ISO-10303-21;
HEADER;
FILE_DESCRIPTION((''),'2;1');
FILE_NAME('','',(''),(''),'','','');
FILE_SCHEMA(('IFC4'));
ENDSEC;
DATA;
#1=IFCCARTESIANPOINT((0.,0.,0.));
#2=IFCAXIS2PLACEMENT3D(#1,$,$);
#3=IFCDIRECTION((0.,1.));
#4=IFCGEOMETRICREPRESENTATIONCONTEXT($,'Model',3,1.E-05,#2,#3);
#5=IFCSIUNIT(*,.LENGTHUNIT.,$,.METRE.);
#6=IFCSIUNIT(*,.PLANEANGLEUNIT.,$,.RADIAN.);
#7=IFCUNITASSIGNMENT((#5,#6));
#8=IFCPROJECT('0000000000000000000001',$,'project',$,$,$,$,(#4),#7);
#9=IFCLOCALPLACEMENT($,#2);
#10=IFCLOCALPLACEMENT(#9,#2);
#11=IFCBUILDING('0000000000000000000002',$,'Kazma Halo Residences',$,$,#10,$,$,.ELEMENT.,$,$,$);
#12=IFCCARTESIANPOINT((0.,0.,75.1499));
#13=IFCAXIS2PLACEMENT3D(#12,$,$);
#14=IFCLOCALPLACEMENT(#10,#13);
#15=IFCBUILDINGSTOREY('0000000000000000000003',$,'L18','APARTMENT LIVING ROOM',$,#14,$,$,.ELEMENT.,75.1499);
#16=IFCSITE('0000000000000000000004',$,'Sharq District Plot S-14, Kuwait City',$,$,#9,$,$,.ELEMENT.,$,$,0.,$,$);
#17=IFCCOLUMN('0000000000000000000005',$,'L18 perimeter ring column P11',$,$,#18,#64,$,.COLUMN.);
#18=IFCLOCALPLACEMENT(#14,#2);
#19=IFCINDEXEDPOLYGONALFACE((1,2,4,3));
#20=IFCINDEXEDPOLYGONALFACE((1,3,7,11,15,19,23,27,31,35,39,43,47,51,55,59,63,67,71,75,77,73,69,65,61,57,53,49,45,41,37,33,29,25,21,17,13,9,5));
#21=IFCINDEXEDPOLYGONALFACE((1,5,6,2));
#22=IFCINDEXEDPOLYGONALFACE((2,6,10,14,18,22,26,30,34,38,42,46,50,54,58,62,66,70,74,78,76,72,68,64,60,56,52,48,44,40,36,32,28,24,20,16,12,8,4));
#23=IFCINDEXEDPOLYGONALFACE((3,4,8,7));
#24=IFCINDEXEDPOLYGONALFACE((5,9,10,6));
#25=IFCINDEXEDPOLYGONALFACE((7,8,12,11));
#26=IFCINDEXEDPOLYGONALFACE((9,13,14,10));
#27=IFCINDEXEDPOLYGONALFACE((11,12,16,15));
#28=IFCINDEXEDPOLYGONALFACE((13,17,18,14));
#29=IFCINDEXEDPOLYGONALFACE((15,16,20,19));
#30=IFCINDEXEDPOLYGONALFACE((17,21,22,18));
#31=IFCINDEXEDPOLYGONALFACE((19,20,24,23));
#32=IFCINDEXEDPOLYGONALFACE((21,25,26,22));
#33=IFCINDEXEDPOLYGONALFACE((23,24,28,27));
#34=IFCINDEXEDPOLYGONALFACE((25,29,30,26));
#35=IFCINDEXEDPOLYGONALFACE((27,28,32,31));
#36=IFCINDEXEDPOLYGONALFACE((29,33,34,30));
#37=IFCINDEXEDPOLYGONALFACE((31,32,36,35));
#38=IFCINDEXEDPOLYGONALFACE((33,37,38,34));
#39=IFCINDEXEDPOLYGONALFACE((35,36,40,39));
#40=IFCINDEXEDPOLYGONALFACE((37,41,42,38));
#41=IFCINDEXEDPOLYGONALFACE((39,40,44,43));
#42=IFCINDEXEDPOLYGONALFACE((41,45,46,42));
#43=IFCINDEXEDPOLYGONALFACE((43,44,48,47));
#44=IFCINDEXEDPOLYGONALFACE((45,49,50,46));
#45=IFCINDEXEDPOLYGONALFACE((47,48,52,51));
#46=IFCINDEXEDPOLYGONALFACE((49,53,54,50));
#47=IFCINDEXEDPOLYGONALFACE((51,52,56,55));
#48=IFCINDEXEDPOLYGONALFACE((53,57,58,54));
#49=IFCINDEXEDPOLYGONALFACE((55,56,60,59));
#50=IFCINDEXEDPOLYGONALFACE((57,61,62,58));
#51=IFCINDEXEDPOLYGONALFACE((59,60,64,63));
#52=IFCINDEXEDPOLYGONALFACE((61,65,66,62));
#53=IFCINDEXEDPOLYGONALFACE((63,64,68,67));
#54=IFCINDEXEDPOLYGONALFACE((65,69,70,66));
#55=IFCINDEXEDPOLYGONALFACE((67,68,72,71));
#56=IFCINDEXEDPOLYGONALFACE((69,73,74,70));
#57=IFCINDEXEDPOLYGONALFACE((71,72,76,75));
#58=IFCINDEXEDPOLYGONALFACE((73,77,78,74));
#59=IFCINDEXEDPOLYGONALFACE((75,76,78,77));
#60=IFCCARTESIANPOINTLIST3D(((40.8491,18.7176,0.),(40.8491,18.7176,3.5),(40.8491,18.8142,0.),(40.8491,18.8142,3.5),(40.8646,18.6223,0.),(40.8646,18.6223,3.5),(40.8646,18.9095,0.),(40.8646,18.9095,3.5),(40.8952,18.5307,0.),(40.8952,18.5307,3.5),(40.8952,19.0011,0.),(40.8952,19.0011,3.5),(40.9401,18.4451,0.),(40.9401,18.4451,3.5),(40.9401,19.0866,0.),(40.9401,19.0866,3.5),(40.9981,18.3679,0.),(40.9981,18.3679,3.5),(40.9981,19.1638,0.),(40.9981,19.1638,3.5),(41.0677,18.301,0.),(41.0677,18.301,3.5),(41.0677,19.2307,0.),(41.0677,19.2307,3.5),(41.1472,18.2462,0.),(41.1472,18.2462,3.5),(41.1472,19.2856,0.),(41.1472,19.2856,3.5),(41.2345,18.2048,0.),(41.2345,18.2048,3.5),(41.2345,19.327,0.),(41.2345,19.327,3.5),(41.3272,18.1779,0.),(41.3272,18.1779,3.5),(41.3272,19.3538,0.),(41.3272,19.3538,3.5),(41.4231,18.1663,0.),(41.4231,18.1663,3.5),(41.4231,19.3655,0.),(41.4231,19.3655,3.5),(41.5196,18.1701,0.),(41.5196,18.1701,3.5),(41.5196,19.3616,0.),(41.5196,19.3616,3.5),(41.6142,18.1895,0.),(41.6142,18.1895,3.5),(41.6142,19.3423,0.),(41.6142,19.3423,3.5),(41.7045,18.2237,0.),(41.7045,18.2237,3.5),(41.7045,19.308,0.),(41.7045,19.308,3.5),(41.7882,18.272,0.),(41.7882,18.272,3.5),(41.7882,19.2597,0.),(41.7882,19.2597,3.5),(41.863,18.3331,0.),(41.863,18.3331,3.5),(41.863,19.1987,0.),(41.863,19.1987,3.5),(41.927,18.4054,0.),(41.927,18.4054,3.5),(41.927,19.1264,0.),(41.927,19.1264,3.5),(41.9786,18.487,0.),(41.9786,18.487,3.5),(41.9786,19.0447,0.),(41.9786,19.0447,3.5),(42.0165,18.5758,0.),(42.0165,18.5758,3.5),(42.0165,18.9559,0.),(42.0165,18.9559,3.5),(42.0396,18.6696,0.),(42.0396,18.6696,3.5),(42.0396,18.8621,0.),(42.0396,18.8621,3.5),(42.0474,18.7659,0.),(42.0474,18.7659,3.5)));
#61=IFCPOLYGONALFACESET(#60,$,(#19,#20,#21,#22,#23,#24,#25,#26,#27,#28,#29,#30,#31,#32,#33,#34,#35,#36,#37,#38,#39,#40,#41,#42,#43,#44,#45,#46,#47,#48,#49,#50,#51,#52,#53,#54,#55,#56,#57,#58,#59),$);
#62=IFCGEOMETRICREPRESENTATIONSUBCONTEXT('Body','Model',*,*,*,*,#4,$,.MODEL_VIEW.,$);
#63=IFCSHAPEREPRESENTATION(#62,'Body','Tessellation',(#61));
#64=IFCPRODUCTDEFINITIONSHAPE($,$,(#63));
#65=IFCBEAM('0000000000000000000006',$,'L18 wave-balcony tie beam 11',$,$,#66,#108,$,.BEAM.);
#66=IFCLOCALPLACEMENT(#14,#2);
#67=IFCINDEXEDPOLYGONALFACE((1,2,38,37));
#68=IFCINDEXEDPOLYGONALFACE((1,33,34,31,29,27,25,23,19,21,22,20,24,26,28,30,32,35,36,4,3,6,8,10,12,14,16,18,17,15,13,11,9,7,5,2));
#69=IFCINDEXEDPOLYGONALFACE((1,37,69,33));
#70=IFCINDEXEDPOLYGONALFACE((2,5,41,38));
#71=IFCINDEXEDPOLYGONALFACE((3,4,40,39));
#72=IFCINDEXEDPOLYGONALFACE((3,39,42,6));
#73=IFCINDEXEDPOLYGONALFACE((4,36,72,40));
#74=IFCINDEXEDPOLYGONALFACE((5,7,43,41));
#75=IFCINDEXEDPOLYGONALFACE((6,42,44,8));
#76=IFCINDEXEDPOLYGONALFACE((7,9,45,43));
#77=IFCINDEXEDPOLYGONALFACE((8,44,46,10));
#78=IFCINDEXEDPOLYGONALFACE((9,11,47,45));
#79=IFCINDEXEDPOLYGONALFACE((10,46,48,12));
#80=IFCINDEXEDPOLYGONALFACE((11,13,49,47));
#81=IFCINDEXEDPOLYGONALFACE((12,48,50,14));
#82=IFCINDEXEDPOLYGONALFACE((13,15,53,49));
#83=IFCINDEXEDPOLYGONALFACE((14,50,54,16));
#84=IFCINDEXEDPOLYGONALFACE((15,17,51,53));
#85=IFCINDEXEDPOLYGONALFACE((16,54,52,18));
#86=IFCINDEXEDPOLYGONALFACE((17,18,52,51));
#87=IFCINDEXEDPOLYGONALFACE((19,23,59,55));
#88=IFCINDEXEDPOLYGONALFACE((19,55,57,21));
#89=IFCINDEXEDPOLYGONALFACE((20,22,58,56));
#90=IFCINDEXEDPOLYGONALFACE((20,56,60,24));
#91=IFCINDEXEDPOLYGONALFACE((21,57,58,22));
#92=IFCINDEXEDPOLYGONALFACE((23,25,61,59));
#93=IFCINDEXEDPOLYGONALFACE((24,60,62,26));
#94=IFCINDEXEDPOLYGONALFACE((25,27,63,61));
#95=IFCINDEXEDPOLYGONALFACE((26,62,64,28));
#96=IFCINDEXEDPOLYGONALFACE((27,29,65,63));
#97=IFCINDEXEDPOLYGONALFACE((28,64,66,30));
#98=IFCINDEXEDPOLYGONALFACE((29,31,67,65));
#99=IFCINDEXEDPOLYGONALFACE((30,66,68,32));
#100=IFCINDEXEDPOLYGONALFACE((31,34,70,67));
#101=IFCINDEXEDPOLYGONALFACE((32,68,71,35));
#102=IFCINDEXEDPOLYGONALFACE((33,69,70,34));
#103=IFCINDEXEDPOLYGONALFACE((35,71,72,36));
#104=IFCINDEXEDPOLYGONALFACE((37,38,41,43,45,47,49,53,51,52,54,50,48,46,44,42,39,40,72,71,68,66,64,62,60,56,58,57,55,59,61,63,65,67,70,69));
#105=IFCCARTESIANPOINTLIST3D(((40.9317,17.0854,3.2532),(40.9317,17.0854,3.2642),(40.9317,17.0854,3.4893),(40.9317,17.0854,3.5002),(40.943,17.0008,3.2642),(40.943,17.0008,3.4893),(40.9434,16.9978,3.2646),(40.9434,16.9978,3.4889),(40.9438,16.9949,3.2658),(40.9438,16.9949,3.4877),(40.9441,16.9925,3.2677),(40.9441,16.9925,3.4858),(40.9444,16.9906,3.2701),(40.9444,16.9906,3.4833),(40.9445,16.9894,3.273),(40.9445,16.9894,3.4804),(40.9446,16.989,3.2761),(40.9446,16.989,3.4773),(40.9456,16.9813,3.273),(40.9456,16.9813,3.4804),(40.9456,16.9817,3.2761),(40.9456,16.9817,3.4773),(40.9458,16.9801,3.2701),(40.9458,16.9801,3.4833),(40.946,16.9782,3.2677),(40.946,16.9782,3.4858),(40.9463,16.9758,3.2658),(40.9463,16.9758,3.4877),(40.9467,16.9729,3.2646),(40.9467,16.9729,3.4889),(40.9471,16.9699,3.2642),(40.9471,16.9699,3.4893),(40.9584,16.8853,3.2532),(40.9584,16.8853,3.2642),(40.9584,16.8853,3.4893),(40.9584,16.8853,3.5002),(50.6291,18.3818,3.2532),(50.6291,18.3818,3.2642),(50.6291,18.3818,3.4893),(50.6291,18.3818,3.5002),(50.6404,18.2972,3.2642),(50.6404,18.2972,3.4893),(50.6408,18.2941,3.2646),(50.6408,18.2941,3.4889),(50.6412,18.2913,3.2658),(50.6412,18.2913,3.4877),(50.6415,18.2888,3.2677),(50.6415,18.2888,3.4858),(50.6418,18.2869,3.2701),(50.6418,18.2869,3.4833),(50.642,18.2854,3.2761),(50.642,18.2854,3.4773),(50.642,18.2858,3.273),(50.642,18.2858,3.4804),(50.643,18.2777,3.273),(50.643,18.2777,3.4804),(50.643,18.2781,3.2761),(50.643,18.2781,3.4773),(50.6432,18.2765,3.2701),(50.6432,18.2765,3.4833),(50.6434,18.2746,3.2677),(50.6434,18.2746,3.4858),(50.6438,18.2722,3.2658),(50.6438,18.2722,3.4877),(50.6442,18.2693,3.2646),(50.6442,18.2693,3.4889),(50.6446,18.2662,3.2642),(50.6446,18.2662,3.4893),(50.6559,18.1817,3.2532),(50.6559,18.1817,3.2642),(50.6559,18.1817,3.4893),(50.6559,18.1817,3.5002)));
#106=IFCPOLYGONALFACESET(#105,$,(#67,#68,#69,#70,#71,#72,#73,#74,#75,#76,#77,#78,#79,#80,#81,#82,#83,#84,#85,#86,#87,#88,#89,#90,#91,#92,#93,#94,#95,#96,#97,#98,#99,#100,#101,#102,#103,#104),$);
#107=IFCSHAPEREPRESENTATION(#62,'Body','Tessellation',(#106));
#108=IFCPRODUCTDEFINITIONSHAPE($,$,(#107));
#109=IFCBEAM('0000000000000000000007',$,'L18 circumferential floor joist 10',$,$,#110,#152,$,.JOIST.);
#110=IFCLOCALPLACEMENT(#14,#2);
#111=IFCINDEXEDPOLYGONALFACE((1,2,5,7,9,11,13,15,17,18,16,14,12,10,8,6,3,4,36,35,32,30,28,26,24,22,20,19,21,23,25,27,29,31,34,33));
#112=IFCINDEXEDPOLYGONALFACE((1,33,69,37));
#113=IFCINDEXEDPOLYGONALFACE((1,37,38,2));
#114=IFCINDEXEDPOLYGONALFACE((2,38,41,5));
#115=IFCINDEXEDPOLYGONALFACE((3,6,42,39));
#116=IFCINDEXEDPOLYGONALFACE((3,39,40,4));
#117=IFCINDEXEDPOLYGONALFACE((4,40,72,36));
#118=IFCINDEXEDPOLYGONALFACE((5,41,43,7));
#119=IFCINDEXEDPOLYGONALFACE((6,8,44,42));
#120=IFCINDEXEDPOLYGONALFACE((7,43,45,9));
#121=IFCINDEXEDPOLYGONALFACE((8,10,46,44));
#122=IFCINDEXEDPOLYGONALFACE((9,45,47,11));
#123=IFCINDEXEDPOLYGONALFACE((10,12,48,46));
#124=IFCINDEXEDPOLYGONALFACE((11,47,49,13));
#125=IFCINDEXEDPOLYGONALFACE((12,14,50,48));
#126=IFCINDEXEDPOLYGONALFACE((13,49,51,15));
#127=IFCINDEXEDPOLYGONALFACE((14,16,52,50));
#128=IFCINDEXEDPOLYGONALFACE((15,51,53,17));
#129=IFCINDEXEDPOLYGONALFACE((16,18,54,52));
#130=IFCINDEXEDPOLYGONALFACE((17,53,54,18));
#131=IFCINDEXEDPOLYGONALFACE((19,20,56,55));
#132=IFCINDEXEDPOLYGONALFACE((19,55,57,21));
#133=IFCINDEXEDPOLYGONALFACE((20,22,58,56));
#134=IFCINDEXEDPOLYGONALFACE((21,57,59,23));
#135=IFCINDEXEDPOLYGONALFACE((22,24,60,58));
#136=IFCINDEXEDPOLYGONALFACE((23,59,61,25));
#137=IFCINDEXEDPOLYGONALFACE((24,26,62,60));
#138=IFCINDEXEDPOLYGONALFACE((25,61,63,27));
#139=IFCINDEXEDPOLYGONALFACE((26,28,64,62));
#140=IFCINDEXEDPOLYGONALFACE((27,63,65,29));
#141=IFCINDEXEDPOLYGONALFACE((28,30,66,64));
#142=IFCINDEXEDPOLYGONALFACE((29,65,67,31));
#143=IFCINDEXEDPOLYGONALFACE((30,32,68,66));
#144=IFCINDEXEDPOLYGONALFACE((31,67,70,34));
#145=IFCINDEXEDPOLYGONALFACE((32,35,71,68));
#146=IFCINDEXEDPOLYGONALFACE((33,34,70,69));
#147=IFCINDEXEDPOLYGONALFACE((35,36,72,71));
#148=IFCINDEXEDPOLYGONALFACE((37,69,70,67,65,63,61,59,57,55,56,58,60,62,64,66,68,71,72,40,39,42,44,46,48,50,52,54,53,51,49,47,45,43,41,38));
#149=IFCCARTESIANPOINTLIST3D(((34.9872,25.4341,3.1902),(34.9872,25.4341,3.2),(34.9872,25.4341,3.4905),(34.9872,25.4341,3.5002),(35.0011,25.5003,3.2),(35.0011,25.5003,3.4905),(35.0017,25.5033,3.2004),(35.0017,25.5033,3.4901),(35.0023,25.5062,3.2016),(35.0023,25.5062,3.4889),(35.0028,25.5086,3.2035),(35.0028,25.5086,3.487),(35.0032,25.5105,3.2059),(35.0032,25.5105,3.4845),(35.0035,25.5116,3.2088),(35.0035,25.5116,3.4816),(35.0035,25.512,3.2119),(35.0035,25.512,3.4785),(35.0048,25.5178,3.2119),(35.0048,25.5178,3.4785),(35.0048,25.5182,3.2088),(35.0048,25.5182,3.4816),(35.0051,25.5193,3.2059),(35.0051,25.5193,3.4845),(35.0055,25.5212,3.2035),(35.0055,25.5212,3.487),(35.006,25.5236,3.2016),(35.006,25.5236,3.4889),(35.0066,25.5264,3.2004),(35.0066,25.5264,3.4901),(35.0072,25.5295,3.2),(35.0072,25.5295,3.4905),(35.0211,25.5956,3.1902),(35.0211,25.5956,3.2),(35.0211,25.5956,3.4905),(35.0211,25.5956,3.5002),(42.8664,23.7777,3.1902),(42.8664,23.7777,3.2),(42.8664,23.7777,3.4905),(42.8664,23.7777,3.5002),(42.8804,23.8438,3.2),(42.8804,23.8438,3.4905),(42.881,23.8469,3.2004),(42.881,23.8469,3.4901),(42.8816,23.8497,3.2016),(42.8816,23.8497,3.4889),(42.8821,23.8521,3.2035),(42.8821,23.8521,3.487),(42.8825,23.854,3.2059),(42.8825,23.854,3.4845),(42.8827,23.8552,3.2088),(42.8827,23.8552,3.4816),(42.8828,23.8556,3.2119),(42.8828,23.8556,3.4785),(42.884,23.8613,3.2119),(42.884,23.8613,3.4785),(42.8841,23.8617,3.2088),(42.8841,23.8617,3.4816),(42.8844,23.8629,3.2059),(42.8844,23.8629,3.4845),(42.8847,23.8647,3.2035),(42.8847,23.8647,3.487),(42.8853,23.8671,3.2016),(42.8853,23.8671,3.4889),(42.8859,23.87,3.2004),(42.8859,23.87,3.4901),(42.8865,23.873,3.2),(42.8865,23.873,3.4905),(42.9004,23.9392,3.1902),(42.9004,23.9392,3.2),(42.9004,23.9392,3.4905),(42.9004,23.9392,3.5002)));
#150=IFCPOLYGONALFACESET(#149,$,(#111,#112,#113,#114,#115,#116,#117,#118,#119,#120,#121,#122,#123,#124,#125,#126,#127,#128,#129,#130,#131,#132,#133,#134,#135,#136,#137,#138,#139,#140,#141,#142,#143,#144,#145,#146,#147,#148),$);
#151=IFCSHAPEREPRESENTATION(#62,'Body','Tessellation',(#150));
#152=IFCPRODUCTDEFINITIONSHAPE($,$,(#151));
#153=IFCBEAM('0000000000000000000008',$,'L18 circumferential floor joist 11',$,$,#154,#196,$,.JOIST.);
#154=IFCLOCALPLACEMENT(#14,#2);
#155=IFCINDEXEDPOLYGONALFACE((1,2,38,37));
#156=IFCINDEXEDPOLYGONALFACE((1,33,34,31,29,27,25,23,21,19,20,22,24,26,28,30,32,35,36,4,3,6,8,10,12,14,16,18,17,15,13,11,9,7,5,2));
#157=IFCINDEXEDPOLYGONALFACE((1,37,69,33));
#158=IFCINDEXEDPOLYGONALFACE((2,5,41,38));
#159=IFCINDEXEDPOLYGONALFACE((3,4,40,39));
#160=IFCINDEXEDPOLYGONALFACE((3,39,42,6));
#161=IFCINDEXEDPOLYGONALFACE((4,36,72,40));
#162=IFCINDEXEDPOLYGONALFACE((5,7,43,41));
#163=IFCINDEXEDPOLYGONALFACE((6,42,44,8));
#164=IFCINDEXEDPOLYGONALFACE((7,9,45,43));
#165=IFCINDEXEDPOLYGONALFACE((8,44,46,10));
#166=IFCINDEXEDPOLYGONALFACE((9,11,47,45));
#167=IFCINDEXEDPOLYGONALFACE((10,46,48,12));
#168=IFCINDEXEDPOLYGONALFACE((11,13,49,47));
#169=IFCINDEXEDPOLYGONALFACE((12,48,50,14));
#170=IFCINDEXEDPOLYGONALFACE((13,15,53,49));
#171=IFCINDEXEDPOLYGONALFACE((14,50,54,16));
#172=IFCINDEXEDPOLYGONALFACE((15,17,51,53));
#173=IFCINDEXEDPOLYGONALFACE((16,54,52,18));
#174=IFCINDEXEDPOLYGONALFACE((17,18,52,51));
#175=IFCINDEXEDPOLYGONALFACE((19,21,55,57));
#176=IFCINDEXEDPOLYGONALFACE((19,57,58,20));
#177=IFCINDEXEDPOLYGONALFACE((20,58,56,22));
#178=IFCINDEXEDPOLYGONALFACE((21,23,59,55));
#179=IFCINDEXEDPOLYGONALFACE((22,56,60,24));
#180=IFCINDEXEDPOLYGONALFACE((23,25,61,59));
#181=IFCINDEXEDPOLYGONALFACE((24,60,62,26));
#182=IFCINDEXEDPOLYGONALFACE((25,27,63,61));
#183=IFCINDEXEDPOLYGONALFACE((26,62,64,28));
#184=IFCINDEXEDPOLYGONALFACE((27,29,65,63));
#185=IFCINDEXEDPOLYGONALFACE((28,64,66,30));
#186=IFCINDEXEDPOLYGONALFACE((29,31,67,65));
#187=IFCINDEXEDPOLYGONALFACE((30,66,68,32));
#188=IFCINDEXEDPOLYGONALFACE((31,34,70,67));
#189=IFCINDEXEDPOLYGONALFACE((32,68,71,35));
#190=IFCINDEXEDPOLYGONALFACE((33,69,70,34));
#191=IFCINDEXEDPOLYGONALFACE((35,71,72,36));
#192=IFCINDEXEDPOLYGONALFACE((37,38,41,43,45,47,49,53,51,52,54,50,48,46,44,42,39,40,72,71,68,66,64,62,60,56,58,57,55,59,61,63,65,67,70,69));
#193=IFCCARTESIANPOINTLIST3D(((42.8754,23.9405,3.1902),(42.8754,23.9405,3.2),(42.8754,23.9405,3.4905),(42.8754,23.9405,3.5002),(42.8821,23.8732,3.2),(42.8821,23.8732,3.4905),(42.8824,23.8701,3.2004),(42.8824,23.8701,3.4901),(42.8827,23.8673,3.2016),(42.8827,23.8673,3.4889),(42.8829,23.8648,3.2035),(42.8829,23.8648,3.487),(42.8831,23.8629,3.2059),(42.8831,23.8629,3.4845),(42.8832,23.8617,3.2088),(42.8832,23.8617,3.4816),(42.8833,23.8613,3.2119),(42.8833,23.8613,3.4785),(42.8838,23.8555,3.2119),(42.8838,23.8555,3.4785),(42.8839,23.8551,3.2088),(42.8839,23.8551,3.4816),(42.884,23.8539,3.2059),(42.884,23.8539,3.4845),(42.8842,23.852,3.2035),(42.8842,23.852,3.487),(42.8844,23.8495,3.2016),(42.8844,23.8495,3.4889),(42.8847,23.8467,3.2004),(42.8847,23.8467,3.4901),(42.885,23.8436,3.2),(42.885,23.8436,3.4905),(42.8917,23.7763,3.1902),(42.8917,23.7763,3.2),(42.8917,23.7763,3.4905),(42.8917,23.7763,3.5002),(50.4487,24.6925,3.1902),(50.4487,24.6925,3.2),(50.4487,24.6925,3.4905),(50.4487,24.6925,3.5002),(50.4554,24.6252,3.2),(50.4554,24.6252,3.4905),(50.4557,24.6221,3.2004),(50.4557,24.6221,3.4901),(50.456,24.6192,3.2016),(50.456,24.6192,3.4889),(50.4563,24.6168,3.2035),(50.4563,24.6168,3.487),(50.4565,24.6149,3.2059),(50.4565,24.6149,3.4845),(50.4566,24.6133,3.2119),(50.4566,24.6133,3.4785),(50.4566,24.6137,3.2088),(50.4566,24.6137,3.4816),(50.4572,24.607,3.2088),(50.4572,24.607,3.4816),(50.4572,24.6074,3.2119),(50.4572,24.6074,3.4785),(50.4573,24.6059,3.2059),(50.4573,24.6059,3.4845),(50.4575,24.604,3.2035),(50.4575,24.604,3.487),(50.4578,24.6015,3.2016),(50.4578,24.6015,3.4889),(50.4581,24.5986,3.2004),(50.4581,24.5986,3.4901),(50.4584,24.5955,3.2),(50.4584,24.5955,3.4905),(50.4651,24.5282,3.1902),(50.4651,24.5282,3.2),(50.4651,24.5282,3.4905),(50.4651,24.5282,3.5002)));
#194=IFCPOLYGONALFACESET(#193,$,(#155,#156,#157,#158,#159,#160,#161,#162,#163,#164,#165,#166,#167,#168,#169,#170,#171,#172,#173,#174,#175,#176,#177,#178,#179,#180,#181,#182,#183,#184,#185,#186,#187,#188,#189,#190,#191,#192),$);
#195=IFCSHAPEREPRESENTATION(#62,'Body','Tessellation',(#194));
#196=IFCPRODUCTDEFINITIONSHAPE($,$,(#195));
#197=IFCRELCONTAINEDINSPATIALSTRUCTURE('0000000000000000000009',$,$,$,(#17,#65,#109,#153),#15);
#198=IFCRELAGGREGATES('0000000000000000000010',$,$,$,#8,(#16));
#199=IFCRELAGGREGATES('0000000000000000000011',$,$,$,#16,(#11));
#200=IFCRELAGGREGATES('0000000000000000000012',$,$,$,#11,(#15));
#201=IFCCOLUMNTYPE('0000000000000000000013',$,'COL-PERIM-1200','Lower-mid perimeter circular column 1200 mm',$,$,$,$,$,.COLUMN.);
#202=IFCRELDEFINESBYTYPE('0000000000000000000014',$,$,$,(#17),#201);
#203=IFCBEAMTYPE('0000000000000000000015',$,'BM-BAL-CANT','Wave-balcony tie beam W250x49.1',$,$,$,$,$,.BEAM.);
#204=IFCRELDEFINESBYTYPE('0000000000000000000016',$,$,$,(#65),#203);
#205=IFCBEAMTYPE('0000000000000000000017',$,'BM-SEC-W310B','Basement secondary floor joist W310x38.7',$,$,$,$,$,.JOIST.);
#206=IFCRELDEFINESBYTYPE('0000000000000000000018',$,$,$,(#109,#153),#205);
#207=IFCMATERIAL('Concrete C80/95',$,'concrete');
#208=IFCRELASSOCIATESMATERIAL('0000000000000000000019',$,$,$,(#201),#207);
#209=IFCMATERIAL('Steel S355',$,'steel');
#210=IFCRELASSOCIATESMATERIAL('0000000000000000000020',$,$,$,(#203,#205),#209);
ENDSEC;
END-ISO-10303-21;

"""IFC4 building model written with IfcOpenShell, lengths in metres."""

from ifc_helpers import new_model, si_unit, direction, frame, origin, origin_2d, place, context, subcontext, project, spatial, circle, i_section, extrude, material, material_profile, profile_set, type_object, element, save


model = new_model("IFC4")

# Units and contexts
model_context = context("Model", 3, precision=1e-05, world=origin(), true_north=direction((0.0, 1.0)))
body_context = subcontext(model_context, "Body", "Model", "MODEL_VIEW")
ifc_project = project(units=[si_unit("LENGTHUNIT", "METRE"), si_unit("PLANEANGLEUNIT", "RADIAN")], contexts=[model_context])

# Site, building, storey
site_placement = place(None, origin())
site = spatial("IfcSite", under=ifc_project, at=site_placement, Name="Sharq District Plot S-14, Kuwait City", CompositionType="ELEMENT", RefElevation=0.0)
building_placement = place(site_placement, origin())
building = spatial("IfcBuilding", under=site, at=building_placement, Name="Kazma Halo Residences", CompositionType="ELEMENT")
storey_placement = place(building_placement, frame((0.0, 0.0, 75.1499)))
storey = spatial("IfcBuildingStorey", under=building, at=storey_placement, Name="L18", Description="APARTMENT LIVING ROOM", CompositionType="ELEMENT", Elevation=75.1499)

# Column
ifc_material_1 = material(Name="Concrete C80/95", Category="concrete")
ifc_material_profile_1 = material_profile(ifc_material_1, circle(Radius=0.6001, at=origin_2d()), Name="CIRC1200")
ifc_profile_set_1 = profile_set([ifc_material_profile_1], Name="Concrete C80/95")
column_type = type_object("IfcColumnType", Name="COL-PERIM-1200", Description="Lower-mid perimeter circular column 1200 mm", PredefinedType="COLUMN", material=ifc_profile_set_1)
column_placement = place(storey_placement, frame((41.4473, 18.7659, 0.0), z_axis=(0.0, 0.0, 1.0), x_axis=(1.0, 0.0, 0.0)))
element("IfcColumn", 1, at=column_placement, inside=storey, type_object=column_type, Name="L18 perimeter ring column P11", PredefinedType="COLUMN", context=body_context, shape_type="SweptSolid", body=[
    extrude(circle(Radius=0.6001, at=origin_2d()), origin(), (0.0, 0.0, 1.0), 3.5),
])

# Beams
ifc_material_2 = material(Name="Steel S355", Category="steel")
ifc_material_profile_2 = material_profile(ifc_material_2, i_section(OverallWidth=0.2019, OverallDepth=0.2471, WebThickness=0.0073, FlangeThickness=0.011, FilletRadius=0.012, at=origin_2d()), Name="W250x49.1")
ifc_profile_set_2 = profile_set([ifc_material_profile_2], Name="Steel S355")
beam_type_1 = type_object("IfcBeamType", Name="BM-BAL-CANT", Description="Wave-balcony tie beam W250x49.1", PredefinedType="BEAM", material=ifc_profile_set_2)
beam_1_placement = place(storey_placement, frame((40.9451, 16.9854, 3.3767), z_axis=(0.991183, 0.132504, 0.0), x_axis=(-0.132504, 0.991183, 0.0)))
element("IfcBeam", 2, at=beam_1_placement, inside=storey, type_object=beam_type_1, Name="L18 wave-balcony tie beam 11", PredefinedType="BEAM", context=body_context, shape_type="SweptSolid", body=[
    extrude(i_section(OverallWidth=0.2019, OverallDepth=0.2471, WebThickness=0.0073, FlangeThickness=0.011, FilletRadius=0.012, at=origin_2d()), origin(), (0.0, 0.0, 1.0), 9.7837),
])
ifc_material_profile_3 = material_profile(ifc_material_2, i_section(OverallWidth=0.165, OverallDepth=0.3101, WebThickness=0.0059, FlangeThickness=0.0098, FilletRadius=0.012, at=origin_2d()), Name="W310x38.7")
ifc_profile_set_3 = profile_set([ifc_material_profile_3], Name="Steel S355")
beam_type_2 = type_object("IfcBeamType", Name="BM-SEC-W310B", Description="Basement secondary floor joist W310x38.7", PredefinedType="JOIST", material=ifc_profile_set_3)
beam_2_placement = place(storey_placement, frame((35.0042, 25.5149, 3.3452), z_axis=(0.978608, -0.205734, 0.0), x_axis=(0.205734, 0.978608, 0.0)))
element("IfcBeam", 3, at=beam_2_placement, inside=storey, type_object=beam_type_2, Name="L18 circumferential floor joist 10", PredefinedType="JOIST", context=body_context, shape_type="SweptSolid", body=[
    extrude(i_section(OverallWidth=0.165, OverallDepth=0.3101, WebThickness=0.0059, FlangeThickness=0.0098, FilletRadius=0.012, at=origin_2d()), origin(), (0.0, 0.0, 1.0), 8.0515),
])
beam_3_placement = place(storey_placement, frame((42.8835, 23.8584, 3.3452), z_axis=(0.995107, 0.098805, 0.0), x_axis=(-0.098805, 0.995107, 0.0)))
element("IfcBeam", 4, at=beam_3_placement, inside=storey, type_object=beam_type_2, Name="L18 circumferential floor joist 11", PredefinedType="JOIST", context=body_context, shape_type="SweptSolid", body=[
    extrude(i_section(OverallWidth=0.165, OverallDepth=0.3101, WebThickness=0.0059, FlangeThickness=0.0098, FilletRadius=0.012, at=origin_2d()), origin(), (0.0, 0.0, 1.0), 7.6106),
])

save(model, "model.ifc")
